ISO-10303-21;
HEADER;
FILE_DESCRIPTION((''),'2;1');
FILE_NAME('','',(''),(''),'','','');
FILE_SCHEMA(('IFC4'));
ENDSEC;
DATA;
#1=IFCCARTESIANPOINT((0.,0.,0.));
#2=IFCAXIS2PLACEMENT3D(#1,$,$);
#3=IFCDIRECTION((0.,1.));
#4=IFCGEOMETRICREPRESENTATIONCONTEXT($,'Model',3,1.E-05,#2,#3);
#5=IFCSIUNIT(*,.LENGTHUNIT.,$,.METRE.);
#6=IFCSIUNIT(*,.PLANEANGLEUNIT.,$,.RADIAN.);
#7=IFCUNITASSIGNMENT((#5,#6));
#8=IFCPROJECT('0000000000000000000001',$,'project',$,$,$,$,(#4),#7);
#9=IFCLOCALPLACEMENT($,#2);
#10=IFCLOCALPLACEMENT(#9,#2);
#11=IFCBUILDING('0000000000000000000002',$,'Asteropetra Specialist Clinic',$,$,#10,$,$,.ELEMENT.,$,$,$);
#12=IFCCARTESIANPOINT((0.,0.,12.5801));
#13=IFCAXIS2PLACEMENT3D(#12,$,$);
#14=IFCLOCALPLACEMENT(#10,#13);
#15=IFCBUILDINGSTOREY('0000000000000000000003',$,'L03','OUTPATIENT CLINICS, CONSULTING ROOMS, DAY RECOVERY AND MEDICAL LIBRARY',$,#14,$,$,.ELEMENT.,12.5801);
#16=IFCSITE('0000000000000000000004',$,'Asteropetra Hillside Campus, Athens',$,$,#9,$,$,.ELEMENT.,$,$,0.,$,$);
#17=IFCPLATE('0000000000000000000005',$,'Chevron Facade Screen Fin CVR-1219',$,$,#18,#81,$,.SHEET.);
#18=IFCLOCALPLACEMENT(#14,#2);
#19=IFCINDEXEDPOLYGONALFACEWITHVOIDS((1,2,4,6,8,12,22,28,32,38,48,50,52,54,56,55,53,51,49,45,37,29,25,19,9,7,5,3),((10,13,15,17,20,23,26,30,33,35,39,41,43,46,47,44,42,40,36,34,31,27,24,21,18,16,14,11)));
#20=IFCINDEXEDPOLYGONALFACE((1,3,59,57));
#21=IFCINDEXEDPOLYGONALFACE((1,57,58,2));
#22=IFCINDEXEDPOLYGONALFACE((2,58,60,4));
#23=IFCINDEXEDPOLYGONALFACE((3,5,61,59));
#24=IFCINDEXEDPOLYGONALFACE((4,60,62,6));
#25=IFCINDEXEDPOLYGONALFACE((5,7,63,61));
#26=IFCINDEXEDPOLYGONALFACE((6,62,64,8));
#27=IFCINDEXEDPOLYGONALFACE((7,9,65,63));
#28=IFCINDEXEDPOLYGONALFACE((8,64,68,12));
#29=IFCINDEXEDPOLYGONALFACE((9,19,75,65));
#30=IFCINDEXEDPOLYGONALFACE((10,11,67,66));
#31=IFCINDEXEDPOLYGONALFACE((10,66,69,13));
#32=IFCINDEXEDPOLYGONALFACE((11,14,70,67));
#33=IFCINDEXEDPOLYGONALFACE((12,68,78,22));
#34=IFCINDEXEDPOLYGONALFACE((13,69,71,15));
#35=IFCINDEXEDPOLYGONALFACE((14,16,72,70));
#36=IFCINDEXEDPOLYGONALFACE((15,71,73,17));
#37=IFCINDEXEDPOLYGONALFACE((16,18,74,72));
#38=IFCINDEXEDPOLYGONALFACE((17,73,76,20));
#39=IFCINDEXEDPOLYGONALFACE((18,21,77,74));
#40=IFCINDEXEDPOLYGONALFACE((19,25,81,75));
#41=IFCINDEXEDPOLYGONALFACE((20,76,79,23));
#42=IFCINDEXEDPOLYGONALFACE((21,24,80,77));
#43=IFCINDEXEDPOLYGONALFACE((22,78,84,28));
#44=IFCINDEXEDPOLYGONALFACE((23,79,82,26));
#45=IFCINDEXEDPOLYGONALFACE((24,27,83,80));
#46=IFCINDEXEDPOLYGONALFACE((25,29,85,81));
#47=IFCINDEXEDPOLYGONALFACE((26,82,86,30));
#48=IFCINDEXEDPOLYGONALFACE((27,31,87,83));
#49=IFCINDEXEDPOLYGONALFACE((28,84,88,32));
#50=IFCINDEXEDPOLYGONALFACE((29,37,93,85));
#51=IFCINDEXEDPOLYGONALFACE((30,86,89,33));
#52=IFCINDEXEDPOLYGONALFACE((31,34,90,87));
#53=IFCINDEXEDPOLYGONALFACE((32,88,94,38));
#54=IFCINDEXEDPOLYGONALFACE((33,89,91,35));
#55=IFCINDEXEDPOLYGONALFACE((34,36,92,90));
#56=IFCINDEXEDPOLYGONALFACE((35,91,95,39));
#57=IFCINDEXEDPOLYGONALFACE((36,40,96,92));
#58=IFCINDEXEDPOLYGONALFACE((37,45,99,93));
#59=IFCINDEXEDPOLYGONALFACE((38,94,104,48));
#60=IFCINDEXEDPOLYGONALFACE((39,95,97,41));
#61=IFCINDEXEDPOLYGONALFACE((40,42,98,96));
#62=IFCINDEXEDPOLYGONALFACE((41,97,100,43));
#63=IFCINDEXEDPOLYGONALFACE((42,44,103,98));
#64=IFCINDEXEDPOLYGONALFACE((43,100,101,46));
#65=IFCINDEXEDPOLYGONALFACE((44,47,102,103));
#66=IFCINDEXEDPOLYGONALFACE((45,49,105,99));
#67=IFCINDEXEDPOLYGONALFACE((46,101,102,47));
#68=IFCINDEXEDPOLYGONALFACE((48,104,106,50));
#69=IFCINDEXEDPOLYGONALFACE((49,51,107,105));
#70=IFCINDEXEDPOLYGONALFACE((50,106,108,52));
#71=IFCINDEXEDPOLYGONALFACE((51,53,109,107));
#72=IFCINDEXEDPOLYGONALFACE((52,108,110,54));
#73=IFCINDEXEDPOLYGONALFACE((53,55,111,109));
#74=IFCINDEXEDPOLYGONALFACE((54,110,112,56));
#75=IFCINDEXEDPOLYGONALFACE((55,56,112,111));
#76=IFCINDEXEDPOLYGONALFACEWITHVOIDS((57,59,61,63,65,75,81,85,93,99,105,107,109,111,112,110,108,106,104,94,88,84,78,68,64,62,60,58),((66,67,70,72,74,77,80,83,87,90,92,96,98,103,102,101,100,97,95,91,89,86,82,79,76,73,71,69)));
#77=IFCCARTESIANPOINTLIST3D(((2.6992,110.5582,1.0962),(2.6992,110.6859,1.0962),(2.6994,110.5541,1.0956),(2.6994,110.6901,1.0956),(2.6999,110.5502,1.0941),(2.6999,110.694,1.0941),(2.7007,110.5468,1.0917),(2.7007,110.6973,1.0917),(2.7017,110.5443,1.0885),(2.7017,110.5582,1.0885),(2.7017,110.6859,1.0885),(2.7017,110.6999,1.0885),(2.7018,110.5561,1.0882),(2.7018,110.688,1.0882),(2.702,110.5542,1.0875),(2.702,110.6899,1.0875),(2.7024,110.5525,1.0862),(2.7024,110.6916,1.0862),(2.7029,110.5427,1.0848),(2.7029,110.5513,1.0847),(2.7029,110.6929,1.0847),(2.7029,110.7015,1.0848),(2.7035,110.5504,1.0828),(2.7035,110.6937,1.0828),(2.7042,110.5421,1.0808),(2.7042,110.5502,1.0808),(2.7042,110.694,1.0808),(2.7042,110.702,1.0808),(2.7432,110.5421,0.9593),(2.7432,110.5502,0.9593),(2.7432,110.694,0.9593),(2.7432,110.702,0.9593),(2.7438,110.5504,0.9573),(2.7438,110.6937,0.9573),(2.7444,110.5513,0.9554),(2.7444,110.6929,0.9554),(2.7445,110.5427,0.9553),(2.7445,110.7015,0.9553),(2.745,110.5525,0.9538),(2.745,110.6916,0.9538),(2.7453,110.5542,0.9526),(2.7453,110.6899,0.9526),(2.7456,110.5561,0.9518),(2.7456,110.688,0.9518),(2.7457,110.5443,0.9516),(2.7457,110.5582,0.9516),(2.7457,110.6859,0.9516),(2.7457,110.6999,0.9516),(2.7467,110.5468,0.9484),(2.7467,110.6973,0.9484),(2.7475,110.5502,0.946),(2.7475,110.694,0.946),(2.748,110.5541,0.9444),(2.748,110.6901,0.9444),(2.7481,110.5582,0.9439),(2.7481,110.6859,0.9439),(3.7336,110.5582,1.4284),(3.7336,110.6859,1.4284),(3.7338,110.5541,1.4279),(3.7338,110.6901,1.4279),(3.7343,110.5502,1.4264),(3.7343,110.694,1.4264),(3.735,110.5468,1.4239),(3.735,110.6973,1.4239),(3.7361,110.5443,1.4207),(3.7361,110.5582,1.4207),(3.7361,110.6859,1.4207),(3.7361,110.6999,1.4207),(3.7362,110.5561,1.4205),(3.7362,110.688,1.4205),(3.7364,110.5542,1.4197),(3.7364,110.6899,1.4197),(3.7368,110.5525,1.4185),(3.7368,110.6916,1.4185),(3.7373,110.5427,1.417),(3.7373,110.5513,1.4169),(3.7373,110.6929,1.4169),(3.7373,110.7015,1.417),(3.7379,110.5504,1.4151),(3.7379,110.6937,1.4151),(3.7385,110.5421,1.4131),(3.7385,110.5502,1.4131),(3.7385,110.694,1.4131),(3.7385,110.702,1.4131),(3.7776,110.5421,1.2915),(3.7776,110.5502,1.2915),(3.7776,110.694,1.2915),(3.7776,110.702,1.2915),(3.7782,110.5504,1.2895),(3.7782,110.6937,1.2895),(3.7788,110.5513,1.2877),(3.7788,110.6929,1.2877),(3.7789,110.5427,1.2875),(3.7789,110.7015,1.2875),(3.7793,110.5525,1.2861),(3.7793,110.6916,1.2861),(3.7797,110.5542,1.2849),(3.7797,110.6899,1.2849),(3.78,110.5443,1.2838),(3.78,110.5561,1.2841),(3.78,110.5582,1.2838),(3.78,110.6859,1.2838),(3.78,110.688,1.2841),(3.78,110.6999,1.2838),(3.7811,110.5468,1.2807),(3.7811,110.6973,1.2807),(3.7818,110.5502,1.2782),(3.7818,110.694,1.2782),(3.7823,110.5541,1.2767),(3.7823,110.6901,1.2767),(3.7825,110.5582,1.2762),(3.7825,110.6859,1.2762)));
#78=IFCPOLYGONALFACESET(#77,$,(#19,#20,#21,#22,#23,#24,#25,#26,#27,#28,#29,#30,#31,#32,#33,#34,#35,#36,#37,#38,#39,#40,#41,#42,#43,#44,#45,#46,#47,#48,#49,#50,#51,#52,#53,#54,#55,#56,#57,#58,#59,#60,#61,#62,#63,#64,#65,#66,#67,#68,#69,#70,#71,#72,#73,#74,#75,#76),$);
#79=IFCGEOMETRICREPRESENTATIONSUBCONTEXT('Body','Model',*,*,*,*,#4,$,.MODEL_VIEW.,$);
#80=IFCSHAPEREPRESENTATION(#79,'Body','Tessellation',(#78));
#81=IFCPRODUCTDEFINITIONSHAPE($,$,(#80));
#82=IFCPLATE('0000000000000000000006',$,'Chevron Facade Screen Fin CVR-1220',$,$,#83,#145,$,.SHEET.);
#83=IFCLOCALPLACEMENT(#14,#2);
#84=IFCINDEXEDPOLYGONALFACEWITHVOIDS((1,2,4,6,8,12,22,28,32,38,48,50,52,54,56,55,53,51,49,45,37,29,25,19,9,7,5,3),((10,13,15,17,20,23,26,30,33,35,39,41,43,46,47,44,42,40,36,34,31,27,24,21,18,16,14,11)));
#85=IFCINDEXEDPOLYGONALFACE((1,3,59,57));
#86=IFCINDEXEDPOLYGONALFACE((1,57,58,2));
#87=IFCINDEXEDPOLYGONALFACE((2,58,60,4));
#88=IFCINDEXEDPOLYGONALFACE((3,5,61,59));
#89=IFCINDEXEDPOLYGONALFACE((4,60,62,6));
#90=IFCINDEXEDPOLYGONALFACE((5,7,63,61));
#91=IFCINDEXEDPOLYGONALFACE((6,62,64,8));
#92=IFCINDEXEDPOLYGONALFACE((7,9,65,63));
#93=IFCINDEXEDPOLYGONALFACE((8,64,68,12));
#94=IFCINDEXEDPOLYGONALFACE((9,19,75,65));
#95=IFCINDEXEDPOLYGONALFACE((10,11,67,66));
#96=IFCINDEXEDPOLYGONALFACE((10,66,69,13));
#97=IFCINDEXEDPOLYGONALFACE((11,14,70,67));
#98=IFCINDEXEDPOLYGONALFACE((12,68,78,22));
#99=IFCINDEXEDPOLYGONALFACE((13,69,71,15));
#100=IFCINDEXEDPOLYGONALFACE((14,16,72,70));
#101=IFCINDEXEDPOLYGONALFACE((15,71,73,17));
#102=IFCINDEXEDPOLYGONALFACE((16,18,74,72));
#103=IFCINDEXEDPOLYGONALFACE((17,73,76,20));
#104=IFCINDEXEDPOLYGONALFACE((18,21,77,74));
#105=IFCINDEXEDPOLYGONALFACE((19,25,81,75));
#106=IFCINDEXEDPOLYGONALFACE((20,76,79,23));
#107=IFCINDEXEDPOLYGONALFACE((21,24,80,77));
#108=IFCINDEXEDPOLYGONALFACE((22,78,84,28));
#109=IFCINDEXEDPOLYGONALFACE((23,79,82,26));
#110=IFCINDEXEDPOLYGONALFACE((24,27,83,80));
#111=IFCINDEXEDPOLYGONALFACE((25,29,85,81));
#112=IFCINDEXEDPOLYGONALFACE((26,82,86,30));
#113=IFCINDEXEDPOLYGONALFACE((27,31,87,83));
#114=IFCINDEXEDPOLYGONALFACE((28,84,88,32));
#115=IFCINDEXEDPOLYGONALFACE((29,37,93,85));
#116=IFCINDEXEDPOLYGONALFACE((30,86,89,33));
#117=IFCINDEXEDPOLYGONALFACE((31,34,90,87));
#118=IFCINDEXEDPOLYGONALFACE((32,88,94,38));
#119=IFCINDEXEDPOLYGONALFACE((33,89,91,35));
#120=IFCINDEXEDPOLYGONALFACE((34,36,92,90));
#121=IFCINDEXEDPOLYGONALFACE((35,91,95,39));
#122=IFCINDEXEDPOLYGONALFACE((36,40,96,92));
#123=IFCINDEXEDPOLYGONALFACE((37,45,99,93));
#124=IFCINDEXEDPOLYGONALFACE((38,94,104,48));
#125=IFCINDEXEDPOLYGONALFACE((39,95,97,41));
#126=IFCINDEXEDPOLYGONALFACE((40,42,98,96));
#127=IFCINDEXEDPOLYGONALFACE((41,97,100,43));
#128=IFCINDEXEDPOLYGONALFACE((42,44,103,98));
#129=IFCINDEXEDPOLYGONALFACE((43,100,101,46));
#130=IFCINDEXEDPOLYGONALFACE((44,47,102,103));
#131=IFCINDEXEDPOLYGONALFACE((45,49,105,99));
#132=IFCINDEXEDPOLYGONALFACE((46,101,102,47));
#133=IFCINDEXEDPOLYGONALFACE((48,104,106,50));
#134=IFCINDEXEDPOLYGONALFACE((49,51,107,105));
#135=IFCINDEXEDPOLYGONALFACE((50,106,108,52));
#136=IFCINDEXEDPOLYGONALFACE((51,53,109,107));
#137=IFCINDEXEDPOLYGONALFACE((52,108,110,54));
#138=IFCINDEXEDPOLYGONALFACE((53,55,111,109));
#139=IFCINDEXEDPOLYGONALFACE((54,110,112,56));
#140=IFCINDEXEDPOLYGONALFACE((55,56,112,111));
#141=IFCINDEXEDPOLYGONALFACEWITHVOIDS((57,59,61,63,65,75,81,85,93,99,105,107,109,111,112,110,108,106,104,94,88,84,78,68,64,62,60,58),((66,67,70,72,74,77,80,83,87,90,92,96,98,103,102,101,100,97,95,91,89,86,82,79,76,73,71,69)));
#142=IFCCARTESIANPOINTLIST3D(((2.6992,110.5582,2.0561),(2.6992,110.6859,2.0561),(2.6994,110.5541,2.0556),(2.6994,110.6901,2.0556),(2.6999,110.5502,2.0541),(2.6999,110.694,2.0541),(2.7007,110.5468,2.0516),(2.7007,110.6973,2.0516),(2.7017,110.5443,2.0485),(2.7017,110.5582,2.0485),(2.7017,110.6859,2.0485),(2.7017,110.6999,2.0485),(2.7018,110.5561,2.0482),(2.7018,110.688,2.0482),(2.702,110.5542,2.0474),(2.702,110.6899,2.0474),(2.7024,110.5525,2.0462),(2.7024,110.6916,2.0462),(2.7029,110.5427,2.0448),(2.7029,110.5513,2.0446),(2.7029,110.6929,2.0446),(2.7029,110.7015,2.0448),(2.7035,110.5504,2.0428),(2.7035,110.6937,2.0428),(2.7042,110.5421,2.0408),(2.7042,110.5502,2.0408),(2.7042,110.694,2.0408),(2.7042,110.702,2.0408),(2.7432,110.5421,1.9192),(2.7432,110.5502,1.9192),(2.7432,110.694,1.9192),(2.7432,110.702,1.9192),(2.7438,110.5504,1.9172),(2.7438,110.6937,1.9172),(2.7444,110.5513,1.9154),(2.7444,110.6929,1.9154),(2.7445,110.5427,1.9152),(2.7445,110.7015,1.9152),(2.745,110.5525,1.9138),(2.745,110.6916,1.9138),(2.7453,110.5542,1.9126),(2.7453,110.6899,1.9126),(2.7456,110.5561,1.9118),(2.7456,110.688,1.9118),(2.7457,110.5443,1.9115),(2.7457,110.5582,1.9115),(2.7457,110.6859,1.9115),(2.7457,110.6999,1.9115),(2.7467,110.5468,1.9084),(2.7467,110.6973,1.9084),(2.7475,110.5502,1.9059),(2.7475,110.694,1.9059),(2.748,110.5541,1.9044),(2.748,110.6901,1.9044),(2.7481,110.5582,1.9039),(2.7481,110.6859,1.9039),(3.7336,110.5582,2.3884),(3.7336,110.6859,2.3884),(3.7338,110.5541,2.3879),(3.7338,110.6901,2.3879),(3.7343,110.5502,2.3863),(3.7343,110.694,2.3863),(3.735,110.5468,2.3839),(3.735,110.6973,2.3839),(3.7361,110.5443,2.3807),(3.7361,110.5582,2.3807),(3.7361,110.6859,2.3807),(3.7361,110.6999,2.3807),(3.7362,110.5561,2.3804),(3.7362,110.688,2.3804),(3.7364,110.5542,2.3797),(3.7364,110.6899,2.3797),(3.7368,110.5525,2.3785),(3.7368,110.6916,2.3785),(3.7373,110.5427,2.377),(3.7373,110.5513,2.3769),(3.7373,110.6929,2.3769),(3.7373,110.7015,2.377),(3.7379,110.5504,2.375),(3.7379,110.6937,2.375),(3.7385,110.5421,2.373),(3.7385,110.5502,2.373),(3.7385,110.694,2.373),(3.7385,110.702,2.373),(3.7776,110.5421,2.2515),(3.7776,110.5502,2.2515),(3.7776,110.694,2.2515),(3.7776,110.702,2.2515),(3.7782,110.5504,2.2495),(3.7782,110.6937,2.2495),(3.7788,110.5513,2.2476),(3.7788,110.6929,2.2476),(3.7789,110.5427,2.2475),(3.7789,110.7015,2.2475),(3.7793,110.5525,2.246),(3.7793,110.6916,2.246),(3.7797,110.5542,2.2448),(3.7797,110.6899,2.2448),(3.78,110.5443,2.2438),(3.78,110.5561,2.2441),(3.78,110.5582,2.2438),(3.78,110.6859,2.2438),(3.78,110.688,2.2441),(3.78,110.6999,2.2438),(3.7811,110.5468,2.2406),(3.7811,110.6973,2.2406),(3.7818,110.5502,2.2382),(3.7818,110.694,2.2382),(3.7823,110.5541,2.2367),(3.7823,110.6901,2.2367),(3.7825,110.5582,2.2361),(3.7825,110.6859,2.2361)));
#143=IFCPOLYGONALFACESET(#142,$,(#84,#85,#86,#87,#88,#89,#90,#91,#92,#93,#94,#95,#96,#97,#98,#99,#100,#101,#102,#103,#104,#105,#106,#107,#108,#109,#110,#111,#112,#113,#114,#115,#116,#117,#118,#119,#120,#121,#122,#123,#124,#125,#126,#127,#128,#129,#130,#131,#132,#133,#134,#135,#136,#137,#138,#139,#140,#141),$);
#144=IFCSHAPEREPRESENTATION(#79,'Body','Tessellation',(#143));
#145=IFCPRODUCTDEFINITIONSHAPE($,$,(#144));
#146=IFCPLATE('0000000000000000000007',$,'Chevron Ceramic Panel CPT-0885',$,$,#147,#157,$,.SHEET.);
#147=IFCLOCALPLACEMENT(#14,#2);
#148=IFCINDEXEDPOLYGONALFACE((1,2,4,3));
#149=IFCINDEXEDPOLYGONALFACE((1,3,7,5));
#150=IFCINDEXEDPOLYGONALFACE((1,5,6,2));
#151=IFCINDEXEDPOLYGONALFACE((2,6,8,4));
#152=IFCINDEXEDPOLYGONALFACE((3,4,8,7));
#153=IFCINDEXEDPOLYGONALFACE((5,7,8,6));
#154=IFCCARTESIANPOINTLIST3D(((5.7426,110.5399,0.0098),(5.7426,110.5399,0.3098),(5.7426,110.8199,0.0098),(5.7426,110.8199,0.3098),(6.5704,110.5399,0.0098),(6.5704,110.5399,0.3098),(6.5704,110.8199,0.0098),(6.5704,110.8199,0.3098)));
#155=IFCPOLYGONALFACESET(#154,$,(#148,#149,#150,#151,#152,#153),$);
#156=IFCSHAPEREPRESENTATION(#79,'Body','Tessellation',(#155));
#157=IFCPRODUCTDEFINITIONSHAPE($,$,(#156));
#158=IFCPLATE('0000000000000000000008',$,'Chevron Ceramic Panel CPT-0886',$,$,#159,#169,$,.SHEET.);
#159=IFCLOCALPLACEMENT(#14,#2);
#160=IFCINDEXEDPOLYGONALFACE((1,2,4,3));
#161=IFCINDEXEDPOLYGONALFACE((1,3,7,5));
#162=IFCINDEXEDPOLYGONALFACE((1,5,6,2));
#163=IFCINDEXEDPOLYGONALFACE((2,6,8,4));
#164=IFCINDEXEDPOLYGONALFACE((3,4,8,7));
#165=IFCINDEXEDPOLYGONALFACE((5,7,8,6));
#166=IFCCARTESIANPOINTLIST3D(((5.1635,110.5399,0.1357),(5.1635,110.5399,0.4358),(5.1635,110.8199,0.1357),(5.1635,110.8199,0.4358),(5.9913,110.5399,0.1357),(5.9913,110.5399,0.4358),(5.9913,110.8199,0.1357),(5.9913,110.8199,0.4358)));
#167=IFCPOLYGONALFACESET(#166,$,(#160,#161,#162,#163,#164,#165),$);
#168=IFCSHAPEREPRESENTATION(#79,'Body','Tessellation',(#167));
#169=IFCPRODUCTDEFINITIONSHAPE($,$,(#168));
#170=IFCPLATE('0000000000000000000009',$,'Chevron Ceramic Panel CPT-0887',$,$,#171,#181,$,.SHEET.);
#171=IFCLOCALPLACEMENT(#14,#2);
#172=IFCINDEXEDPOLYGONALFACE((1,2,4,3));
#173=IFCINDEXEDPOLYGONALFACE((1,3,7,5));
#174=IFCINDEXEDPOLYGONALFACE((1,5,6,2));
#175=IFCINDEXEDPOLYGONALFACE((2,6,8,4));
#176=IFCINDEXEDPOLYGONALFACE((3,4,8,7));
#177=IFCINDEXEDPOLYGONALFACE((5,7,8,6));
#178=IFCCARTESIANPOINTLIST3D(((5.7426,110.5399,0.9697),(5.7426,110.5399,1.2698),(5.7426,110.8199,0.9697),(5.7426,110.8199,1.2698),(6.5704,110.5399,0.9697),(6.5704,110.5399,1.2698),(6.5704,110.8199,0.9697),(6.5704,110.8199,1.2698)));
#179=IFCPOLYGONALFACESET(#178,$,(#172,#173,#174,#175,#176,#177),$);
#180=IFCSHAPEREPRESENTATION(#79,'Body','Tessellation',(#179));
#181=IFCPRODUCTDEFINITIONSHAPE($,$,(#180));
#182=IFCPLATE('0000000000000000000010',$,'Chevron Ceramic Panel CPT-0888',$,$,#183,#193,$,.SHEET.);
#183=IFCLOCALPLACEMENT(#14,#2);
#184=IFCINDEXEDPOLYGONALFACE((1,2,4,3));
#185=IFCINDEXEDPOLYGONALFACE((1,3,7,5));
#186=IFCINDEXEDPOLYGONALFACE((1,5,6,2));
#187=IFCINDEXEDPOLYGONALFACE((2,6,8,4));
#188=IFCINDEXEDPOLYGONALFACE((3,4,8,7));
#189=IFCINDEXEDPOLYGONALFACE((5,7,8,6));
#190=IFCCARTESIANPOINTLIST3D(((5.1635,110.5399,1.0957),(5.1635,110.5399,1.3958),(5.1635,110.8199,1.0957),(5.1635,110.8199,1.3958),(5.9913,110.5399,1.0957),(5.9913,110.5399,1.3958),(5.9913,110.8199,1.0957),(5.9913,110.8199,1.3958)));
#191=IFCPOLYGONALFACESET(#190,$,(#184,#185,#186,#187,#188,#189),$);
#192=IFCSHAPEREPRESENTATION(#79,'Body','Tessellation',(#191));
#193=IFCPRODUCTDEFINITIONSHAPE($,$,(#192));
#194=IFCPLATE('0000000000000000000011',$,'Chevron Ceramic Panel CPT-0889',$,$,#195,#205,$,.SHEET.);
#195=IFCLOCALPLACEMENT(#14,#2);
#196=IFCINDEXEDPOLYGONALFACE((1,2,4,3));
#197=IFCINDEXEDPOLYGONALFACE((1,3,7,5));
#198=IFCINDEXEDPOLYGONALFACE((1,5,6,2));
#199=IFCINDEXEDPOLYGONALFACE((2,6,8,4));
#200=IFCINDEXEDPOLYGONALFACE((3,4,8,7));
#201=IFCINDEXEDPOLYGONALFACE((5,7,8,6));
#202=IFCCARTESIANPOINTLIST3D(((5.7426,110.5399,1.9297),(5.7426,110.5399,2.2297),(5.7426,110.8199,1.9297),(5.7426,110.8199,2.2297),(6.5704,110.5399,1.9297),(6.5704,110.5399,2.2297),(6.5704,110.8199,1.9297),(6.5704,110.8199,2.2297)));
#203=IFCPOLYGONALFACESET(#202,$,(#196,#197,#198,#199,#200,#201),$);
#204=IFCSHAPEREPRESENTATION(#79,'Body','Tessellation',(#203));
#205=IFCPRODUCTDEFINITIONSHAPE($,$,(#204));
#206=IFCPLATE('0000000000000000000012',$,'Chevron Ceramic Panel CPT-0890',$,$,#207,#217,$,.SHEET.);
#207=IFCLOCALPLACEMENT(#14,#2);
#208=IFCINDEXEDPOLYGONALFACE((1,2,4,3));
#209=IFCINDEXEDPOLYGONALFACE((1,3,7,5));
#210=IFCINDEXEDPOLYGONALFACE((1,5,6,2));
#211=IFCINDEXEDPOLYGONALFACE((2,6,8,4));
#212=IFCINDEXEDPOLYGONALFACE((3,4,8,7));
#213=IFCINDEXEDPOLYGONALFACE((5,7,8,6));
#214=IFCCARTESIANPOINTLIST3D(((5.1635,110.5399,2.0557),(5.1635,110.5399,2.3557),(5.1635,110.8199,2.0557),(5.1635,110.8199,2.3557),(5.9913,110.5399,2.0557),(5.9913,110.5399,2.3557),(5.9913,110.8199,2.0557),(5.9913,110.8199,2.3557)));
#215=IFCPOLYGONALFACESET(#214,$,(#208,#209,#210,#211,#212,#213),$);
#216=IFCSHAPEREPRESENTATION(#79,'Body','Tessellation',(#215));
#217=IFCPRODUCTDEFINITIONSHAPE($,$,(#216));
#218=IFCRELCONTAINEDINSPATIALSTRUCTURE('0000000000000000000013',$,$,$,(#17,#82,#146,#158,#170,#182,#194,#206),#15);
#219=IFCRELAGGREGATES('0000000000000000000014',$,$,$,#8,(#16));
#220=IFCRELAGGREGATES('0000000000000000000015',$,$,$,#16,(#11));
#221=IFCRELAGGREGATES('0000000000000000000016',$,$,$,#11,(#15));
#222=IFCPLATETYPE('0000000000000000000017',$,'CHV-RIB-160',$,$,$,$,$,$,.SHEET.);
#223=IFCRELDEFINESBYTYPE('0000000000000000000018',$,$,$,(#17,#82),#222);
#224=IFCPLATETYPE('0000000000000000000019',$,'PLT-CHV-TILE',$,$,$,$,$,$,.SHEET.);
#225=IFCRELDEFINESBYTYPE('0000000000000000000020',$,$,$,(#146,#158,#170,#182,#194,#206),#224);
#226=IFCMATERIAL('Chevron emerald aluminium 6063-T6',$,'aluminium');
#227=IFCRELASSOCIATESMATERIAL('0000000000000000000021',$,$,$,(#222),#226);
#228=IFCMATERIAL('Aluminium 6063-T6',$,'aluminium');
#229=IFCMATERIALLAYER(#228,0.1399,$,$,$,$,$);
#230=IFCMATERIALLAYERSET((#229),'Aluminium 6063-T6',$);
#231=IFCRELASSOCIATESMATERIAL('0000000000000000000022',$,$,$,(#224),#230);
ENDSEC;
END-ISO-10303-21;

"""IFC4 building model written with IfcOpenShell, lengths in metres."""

from ifc_helpers import new_model, si_unit, direction, frame, origin, origin_2d, place, context, subcontext, project, spatial, rectangle, hollow_rectangle, extrude, material, layer, layer_set, material_profile, profile_set, type_object, element, save


model = new_model("IFC4")

# Units and contexts
model_context = context("Model", 3, precision=1e-05, world=origin(), true_north=direction((0.0, 1.0)))
body_context = subcontext(model_context, "Body", "Model", "MODEL_VIEW")
ifc_project = project(units=[si_unit("LENGTHUNIT", "METRE"), si_unit("PLANEANGLEUNIT", "RADIAN")], contexts=[model_context])

# Site, building, storey
site_placement = place(None, origin())
site = spatial("IfcSite", under=ifc_project, at=site_placement, Name="Asteropetra Hillside Campus, Athens", CompositionType="ELEMENT", RefElevation=0.0)
building_placement = place(site_placement, origin())
building = spatial("IfcBuilding", under=site, at=building_placement, Name="Asteropetra Specialist Clinic", CompositionType="ELEMENT")
storey_placement = place(building_placement, frame((0.0, 0.0, 12.5801)))
storey = spatial("IfcBuildingStorey", under=building, at=storey_placement, Name="L03", Description="OUTPATIENT CLINICS, CONSULTING ROOMS, DAY RECOVERY AND MEDICAL LIBRARY", CompositionType="ELEMENT", Elevation=12.5801)

# Plates
ifc_material_1 = material(Name="Chevron emerald aluminium 6063-T6", Category="aluminium")
ifc_material_profile_1 = material_profile(ifc_material_1, hollow_rectangle(XDim=0.1599, YDim=0.1599, WallThickness=0.0081, InnerFilletRadius=0.0081, OuterFilletRadius=0.0161, at=origin_2d()), Name="SHS 160x160x8.0")
ifc_profile_set_1 = profile_set([ifc_material_profile_1], Name="Chevron emerald aluminium 6063-T6")
plate_type_1 = type_object("IfcPlateType", Name="CHV-RIB-160", PredefinedType="SHEET", material=ifc_profile_set_1)
for number, where, z_axis, x_axis, name in (
    (1, (3.7581, 110.6221, 1.3523), (-0.952087, 0.0, -0.305827), (0.0, -1.0, 0.0), "Chevron Facade Screen Fin CVR-1219"),
    (2, (3.7581, 110.6221, 2.3123), (-0.952087, 0.0, -0.305827), (0.0, -1.0, 0.0), "Chevron Facade Screen Fin CVR-1220"),
):
    element("IfcPlate", number, at=place(storey_placement, frame(where, z_axis=z_axis, x_axis=x_axis)), inside=storey, type_object=plate_type_1, Name=name, PredefinedType="SHEET", context=body_context, shape_type="SweptSolid", body=[
        extrude(hollow_rectangle(XDim=0.1599, YDim=0.1599, WallThickness=0.0081, InnerFilletRadius=0.0081, OuterFilletRadius=0.0161, at=origin_2d()), origin(), (0.0, 0.0, 1.0), 1.0864),
    ])
ifc_material_2 = material(Name="Aluminium 6063-T6", Category="aluminium")
ifc_layer_1 = layer(ifc_material_2, 0.1399)
ifc_layer_set_1 = layer_set([ifc_layer_1], Name="Aluminium 6063-T6")
plate_type_2 = type_object("IfcPlateType", Name="PLT-CHV-TILE", PredefinedType="SHEET", material=ifc_layer_set_1)
for number, where, z_axis, x_axis, name in (
    (3, (6.1565, 110.6799, 0.0098), (0.0, 0.0, 1.0), (1.0, 0.0, 0.0), "Chevron Ceramic Panel CPT-0885"),
    (4, (5.5774, 110.6799, 0.1357), (0.0, 0.0, 1.0), (1.0, 0.0, 0.0), "Chevron Ceramic Panel CPT-0886"),
    (5, (6.1565, 110.6799, 0.9697), (0.0, 0.0, 1.0), (1.0, 0.0, 0.0), "Chevron Ceramic Panel CPT-0887"),
    (6, (5.5774, 110.6799, 1.0957), (0.0, 0.0, 1.0), (1.0, 0.0, 0.0), "Chevron Ceramic Panel CPT-0888"),
    (7, (6.1565, 110.6799, 1.9297), (0.0, 0.0, 1.0), (1.0, 0.0, 0.0), "Chevron Ceramic Panel CPT-0889"),
    (8, (5.5774, 110.6799, 2.0557), (0.0, 0.0, 1.0), (1.0, 0.0, 0.0), "Chevron Ceramic Panel CPT-0890"),
):
    element("IfcPlate", number, at=place(storey_placement, frame(where, z_axis=z_axis, x_axis=x_axis)), inside=storey, type_object=plate_type_2, Name=name, PredefinedType="SHEET", context=body_context, shape_type="SweptSolid", body=[
        extrude(rectangle(XDim=0.8279, YDim=0.28, at=origin_2d()), origin(), (0.0, 0.0, 1.0), 0.3),
    ])

save(model, "model.ifc")
